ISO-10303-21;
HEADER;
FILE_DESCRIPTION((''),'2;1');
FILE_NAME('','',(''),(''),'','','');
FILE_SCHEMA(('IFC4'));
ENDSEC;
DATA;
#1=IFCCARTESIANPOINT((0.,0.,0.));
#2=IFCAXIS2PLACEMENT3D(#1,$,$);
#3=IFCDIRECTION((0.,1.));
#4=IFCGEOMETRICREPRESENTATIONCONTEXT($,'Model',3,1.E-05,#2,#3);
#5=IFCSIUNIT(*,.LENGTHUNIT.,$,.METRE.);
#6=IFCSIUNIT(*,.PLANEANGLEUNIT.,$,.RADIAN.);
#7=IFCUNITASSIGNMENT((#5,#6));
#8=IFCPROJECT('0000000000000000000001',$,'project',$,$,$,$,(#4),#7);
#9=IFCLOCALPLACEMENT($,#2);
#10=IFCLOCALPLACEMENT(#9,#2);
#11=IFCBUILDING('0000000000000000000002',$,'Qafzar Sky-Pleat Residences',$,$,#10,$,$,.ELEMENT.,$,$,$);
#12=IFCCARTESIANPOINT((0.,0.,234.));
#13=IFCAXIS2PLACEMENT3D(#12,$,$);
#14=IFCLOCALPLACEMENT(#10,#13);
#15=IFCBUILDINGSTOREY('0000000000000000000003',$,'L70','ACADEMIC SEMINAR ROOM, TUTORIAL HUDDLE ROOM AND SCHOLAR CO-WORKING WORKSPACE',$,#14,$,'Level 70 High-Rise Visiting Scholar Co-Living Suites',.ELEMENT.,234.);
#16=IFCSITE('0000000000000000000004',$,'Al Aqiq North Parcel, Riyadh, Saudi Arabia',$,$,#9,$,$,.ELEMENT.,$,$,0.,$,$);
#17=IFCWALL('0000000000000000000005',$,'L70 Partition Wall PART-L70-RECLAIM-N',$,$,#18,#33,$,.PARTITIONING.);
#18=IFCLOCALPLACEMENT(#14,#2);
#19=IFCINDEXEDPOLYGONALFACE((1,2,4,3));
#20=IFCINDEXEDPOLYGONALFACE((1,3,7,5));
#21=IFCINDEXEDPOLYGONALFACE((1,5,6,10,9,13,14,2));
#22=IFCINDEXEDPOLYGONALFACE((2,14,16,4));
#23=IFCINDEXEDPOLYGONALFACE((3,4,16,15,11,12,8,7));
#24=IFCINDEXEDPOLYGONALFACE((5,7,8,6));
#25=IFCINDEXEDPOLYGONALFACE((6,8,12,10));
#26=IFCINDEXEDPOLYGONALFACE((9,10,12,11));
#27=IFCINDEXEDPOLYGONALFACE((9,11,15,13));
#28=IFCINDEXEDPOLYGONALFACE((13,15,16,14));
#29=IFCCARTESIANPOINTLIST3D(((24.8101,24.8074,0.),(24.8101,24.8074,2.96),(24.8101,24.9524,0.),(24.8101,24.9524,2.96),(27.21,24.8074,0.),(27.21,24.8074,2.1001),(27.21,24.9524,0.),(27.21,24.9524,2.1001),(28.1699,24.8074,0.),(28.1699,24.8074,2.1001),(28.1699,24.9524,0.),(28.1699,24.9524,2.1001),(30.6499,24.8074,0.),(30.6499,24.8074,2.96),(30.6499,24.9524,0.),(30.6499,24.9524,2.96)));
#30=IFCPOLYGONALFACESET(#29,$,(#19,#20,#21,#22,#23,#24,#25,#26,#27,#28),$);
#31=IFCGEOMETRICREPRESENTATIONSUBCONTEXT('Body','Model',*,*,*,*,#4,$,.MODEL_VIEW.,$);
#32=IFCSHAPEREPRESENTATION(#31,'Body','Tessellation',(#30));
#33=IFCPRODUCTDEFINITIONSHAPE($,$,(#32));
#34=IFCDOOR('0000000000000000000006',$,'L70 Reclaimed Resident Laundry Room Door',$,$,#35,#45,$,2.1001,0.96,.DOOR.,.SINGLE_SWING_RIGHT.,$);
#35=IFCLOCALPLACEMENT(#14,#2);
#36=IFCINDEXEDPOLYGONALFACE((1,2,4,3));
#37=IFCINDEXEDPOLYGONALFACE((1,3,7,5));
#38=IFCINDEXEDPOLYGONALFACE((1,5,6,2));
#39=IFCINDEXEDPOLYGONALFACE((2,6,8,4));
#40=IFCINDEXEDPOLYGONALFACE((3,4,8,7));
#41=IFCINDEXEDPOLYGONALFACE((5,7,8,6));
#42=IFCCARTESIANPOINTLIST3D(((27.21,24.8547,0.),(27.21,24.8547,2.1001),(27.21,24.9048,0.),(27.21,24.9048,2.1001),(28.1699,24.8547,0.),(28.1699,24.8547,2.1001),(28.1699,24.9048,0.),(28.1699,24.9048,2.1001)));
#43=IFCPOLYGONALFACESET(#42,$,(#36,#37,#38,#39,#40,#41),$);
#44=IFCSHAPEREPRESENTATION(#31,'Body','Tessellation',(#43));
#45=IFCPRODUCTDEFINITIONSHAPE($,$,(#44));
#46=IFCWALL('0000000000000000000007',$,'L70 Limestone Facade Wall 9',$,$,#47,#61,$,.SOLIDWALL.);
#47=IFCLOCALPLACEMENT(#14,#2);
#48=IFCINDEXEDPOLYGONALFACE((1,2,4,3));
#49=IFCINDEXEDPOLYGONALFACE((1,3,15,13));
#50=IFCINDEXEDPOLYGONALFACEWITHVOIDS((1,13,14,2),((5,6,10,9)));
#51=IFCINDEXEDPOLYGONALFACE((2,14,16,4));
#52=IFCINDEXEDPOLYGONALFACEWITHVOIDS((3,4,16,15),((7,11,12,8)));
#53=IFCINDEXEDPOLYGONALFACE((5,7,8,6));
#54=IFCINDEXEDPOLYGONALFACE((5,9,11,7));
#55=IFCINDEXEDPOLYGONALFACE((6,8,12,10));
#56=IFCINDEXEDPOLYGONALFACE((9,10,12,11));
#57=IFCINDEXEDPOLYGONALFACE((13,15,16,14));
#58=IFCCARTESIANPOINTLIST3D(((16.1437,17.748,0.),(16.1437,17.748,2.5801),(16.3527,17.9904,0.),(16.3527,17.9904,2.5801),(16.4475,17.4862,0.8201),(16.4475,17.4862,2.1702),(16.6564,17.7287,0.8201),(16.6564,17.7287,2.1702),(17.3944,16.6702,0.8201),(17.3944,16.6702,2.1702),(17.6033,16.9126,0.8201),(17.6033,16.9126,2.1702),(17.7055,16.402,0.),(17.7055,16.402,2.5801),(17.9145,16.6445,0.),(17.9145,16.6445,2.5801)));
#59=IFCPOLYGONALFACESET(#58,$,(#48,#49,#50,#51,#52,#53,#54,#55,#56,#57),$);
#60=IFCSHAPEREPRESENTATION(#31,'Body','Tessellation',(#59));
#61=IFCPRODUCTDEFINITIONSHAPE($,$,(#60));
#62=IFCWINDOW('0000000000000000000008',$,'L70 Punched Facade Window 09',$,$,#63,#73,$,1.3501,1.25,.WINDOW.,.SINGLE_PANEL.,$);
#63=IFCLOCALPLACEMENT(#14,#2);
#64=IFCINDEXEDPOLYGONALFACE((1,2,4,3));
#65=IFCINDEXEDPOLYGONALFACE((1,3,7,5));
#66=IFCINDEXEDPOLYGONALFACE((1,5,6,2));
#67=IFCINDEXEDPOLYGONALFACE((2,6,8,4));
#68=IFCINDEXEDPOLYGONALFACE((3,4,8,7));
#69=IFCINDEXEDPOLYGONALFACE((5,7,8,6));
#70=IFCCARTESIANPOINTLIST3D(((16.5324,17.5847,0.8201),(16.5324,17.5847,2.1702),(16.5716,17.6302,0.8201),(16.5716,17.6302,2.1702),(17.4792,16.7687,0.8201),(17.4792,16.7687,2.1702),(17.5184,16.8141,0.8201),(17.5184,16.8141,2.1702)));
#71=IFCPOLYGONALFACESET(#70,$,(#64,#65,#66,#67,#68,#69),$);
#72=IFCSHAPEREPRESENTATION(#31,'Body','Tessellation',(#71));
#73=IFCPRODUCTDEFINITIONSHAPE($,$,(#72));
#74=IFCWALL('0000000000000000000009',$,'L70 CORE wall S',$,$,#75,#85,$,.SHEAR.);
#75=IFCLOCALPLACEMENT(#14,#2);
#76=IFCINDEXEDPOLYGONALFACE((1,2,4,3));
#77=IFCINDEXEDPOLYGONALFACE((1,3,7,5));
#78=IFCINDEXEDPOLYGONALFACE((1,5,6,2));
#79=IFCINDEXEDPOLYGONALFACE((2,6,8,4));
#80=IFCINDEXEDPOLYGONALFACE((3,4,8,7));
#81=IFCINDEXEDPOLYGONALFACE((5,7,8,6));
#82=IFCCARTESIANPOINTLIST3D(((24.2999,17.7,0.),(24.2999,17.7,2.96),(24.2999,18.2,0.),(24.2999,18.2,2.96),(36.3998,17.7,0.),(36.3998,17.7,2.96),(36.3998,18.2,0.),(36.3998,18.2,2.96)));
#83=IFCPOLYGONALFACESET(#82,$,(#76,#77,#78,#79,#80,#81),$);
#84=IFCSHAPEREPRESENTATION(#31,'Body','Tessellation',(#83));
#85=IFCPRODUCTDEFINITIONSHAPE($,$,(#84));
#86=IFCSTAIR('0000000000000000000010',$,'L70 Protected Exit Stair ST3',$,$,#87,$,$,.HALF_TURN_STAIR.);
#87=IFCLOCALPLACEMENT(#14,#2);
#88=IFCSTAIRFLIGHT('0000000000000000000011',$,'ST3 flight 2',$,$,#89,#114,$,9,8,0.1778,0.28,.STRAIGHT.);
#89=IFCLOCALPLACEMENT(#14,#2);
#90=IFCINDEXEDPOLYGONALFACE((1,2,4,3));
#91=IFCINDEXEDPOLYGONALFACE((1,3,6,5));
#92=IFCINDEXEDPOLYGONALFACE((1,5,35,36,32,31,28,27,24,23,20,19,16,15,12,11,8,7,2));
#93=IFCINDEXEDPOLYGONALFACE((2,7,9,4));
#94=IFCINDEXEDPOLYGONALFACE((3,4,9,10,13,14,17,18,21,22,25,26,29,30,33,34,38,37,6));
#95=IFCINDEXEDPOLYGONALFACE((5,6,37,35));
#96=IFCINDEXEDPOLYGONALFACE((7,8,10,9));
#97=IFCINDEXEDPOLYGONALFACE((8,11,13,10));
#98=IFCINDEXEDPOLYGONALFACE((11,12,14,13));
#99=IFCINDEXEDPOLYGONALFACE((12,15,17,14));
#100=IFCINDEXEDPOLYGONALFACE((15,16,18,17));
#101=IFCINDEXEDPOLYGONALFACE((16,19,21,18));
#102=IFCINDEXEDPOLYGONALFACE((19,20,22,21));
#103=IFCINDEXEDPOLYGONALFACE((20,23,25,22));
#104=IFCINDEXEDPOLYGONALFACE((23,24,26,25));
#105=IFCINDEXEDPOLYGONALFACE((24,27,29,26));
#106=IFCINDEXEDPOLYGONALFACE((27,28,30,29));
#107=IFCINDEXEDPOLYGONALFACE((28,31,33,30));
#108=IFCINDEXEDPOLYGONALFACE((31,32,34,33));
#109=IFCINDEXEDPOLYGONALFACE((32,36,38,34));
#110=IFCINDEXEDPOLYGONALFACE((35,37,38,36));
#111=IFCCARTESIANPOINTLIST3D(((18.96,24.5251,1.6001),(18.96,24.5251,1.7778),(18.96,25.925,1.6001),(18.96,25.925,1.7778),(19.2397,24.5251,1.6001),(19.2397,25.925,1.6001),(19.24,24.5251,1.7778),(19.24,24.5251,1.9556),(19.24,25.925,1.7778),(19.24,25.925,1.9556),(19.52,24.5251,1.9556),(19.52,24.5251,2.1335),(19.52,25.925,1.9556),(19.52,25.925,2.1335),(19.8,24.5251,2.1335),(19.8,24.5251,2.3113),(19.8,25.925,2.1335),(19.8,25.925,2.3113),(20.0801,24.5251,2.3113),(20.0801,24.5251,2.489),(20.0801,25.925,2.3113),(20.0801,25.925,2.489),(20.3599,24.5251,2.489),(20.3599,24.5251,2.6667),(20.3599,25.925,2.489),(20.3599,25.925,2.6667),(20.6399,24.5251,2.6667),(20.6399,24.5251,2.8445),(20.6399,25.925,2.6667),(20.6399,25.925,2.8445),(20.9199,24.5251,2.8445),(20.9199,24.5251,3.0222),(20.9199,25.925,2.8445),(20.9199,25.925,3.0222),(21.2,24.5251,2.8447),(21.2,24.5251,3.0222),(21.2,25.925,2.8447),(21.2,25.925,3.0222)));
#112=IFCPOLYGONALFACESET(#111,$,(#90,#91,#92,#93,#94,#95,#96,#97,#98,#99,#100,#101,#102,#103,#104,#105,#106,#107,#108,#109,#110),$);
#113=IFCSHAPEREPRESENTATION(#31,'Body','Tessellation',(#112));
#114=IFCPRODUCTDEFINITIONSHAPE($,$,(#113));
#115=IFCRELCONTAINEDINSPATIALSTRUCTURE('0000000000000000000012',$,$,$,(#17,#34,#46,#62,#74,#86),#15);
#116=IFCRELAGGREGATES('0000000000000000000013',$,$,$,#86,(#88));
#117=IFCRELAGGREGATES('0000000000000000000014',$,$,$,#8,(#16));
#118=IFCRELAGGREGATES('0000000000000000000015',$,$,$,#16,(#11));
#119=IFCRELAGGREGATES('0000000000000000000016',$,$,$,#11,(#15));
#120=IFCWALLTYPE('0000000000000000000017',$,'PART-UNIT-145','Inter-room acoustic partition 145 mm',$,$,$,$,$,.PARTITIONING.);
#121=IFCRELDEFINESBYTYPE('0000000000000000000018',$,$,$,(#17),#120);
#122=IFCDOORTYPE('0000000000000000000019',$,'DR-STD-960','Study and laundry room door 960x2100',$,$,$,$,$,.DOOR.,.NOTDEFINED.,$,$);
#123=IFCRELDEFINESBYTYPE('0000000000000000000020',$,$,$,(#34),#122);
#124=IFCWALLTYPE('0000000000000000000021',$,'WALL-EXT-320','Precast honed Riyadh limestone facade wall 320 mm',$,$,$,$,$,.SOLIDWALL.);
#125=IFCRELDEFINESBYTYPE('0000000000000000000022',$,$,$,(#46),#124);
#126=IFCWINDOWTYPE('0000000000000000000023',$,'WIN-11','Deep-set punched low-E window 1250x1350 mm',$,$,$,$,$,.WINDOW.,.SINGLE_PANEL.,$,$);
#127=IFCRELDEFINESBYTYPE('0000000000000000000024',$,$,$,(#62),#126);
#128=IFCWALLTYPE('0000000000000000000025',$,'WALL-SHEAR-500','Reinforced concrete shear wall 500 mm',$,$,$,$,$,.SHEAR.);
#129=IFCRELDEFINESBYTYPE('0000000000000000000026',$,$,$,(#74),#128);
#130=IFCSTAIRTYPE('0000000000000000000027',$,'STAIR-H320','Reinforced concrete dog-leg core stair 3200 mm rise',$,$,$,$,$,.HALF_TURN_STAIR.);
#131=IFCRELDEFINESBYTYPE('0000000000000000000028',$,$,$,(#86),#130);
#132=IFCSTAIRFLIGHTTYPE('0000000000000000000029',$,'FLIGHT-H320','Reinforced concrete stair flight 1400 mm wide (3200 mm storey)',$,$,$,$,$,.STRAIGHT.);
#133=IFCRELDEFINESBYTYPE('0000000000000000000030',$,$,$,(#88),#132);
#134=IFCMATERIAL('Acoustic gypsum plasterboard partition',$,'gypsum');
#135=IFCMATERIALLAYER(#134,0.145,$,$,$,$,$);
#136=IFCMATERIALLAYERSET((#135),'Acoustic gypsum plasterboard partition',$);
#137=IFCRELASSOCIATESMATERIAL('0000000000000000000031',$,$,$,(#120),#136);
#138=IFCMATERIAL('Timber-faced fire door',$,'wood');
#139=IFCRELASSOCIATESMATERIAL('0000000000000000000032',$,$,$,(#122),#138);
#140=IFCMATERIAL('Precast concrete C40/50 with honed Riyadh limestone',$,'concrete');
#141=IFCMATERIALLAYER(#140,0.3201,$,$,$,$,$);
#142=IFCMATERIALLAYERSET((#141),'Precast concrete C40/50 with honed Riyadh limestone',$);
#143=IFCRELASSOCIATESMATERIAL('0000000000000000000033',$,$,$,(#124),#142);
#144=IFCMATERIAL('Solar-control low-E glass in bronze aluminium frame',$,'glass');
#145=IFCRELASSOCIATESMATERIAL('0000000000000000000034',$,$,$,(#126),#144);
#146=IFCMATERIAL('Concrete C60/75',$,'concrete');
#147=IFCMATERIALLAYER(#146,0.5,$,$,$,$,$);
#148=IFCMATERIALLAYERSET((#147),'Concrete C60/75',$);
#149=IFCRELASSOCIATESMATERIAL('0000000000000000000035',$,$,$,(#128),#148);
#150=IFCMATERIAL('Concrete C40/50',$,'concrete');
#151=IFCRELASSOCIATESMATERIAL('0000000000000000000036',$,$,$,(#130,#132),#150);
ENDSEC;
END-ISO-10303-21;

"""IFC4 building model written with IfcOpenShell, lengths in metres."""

from ifc_helpers import new_model, si_unit, direction, frame, frame_2d, origin, place, context, subcontext, project, spatial, polyline, rectangle, outline, extrude, source, transform, mapped, material, layer, layer_set, type_object, element, fill, aggregate, save


model = new_model("IFC4")

# Units and contexts
model_context = context("Model", 3, precision=1e-05, world=origin(), true_north=direction((0.0, 1.0)))
body_context = subcontext(model_context, "Body", "Model", "MODEL_VIEW")
ifc_project = project(units=[si_unit("LENGTHUNIT", "METRE"), si_unit("PLANEANGLEUNIT", "RADIAN")], contexts=[model_context])

# Site, building, storey
site_placement = place(None, origin())
site = spatial("IfcSite", under=ifc_project, at=site_placement, Name="Al Aqiq North Parcel, Riyadh, Saudi Arabia", CompositionType="ELEMENT", RefElevation=0.0)
building_placement = place(site_placement, origin())
building = spatial("IfcBuilding", under=site, at=building_placement, Name="Qafzar Sky-Pleat Residences", CompositionType="ELEMENT")
storey_placement = place(building_placement, frame((0.0, 0.0, 234.0)))
storey = spatial("IfcBuildingStorey", under=building, at=storey_placement, Name="L70", Description="ACADEMIC SEMINAR ROOM, TUTORIAL HUDDLE ROOM AND SCHOLAR CO-WORKING WORKSPACE", LongName="Level 70 High-Rise Visiting Scholar Co-Living Suites", CompositionType="ELEMENT", Elevation=234.0)

# Shared definitions
ifc_material_1 = material(Name="Acoustic gypsum plasterboard partition", Category="gypsum")
ifc_material_2 = material(Name="Timber-faced fire door", Category="wood")

# Wall, opening, door
ifc_layer_1 = layer(ifc_material_1, 0.145)
ifc_layer_set_1 = layer_set([ifc_layer_1], Name="Acoustic gypsum plasterboard partition")
wall_type_1 = type_object("IfcWallType", Name="PART-UNIT-145", Description="Inter-room acoustic partition 145 mm", PredefinedType="PARTITIONING", material=ifc_layer_set_1)
wall_1_placement = place(storey_placement, frame((24.8101, 24.8799, 0.0), z_axis=(0.0, 0.0, 1.0), x_axis=(1.0, 0.0, 0.0)))
wall_1 = element("IfcWall", 1, at=wall_1_placement, inside=storey, type_object=wall_type_1, Name="L70 Partition Wall PART-L70-RECLAIM-N", PredefinedType="PARTITIONING", context=body_context, shape_type="SweptSolid", body=[
    extrude(rectangle(XDim=5.8398, YDim=0.145, at=frame_2d((2.9199, 0.0))), origin(), (0.0, 0.0, 1.0), 2.96),
])
opening_1_placement = place(wall_1_placement, frame((2.3999, 0.0, 0.0)))
opening_1 = element("IfcOpeningElement", 2, at=opening_1_placement, cuts=wall_1, PredefinedType="OPENING", context=body_context, shape_type="SweptSolid", body=[
    extrude(rectangle(XDim=0.96, YDim=2.1001, at=frame_2d((0.48, 1.05))), frame((0.0, 0.0825, 0.0), z_axis=(0.0, -1.0, 0.0), x_axis=(1.0, 0.0, 0.0)), (0.0, 0.0, 1.0), 0.165),
])
door_type_1 = type_object("IfcDoorType", Name="DR-STD-960", Description="Study and laundry room door 960x2100", OperationType="NOTDEFINED", PredefinedType="DOOR", material=ifc_material_2)
shared_shape_1 = source(origin(), body_context, "Body", "SweptSolid", [
    extrude(rectangle(XDim=0.96, YDim=2.1001, at=frame_2d((0.48, 1.05))), frame((0.0, 0.0249, 0.0), z_axis=(0.0, -1.0, 0.0), x_axis=(1.0, 0.0, 0.0)), (0.0, 0.0, 1.0), 0.05),
])
door_1_placement = place(opening_1_placement, origin())
door_1 = element("IfcDoor", 3, at=door_1_placement, inside=storey, type_object=door_type_1, Name="L70 Reclaimed Resident Laundry Room Door", OperationType="SINGLE_SWING_RIGHT", OverallHeight=2.1001, OverallWidth=0.96, PredefinedType="DOOR", context=body_context, shape_type="MappedRepresentation", body=[
    mapped(shared_shape_1, transform((0.0, 0.0, 0.0), x_axis=(1.0, 0.0, 0.0), y_axis=(0.0, 1.0, 0.0), z_axis=(0.0, 0.0, 1.0), scale=1.0)),
])
fill(opening_1, door_1)

# Wall, opening, window
ifc_material_3 = material(Name="Precast concrete C40/50 with honed Riyadh limestone", Category="concrete")
ifc_layer_2 = layer(ifc_material_3, 0.3201)
ifc_layer_set_2 = layer_set([ifc_layer_2], Name="Precast concrete C40/50 with honed Riyadh limestone")
wall_type_2 = type_object("IfcWallType", Name="WALL-EXT-320", Description="Precast honed Riyadh limestone facade wall 320 mm", PredefinedType="SOLIDWALL", material=ifc_layer_set_2)
wall_2_placement = place(storey_placement, frame((16.2483, 17.8691, 0.0), z_axis=(0.0, 0.0, 1.0), x_axis=(0.757507, -0.652827, 0.0)))
wall_2 = element("IfcWall", 4, at=wall_2_placement, inside=storey, type_object=wall_type_2, Name="L70 Limestone Facade Wall 9", PredefinedType="SOLIDWALL", context=body_context, shape_type="SweptSolid", body=[
    extrude(rectangle(XDim=2.0618, YDim=0.3201, at=frame_2d((1.0308, 0.0))), origin(), (0.0, 0.0, 1.0), 2.5801),
])
opening_2_placement = place(wall_2_placement, frame((0.4009, 0.0, 0.8201)))
opening_2 = element("IfcOpeningElement", 5, at=opening_2_placement, cuts=wall_2, PredefinedType="OPENING", context=body_context, shape_type="SweptSolid", body=[
    extrude(rectangle(XDim=1.25, YDim=1.3501, at=frame_2d((0.625, 0.675))), frame((0.0, 0.1699, 0.0), z_axis=(0.0, -1.0, 0.0), x_axis=(1.0, 0.0, 0.0)), (0.0, 0.0, 1.0), 0.3401),
])
ifc_material_4 = material(Name="Solar-control low-E glass in bronze aluminium frame", Category="glass")
window_type = type_object("IfcWindowType", Name="WIN-11", Description="Deep-set punched low-E window 1250x1350 mm", PartitioningType="SINGLE_PANEL", PredefinedType="WINDOW", material=ifc_material_4)
shared_shape_2 = source(origin(), body_context, "Body", "SweptSolid", [
    extrude(rectangle(XDim=1.25, YDim=1.3501, at=frame_2d((0.625, 0.675))), frame((0.0, 0.03, 0.0), z_axis=(0.0, -1.0, 0.0), x_axis=(1.0, 0.0, 0.0)), (0.0, 0.0, 1.0), 0.0601),
])
window_placement = place(opening_2_placement, origin())
window = element("IfcWindow", 6, at=window_placement, inside=storey, type_object=window_type, Name="L70 Punched Facade Window 09", OverallHeight=1.3501, OverallWidth=1.25, PartitioningType="SINGLE_PANEL", PredefinedType="WINDOW", context=body_context, shape_type="MappedRepresentation", body=[
    mapped(shared_shape_2, transform((0.0, 0.0, 0.0), x_axis=(1.0, 0.0, 0.0), y_axis=(0.0, 1.0, 0.0), z_axis=(0.0, 0.0, 1.0), scale=1.0)),
])
fill(opening_2, window)

# Shared definitions
ifc_material_5 = material(Name="Concrete C60/75", Category="concrete")

# Wall
ifc_layer_3 = layer(ifc_material_5, 0.5)
ifc_layer_set_3 = layer_set([ifc_layer_3], Name="Concrete C60/75")
wall_type_3 = type_object("IfcWallType", Name="WALL-SHEAR-500", Description="Reinforced concrete shear wall 500 mm", PredefinedType="SHEAR", material=ifc_layer_set_3)
wall_3_placement = place(storey_placement, frame((24.3, 17.95, 0.0), z_axis=(0.0, 0.0, 1.0), x_axis=(1.0, 0.0, 0.0)))
element("IfcWall", 7, at=wall_3_placement, inside=storey, type_object=wall_type_3, Name="L70 CORE wall S", PredefinedType="SHEAR", context=body_context, shape_type="SweptSolid", body=[
    extrude(rectangle(XDim=12.0999, YDim=0.5, at=frame_2d((6.0498, 0.0))), origin(), (0.0, 0.0, 1.0), 2.96),
])

# Stair, stair flight
ifc_material_6 = material(Name="Concrete C40/50", Category="concrete")
stair_type = type_object("IfcStairType", Name="STAIR-H320", Description="Reinforced concrete dog-leg core stair 3200 mm rise", PredefinedType="HALF_TURN_STAIR", material=ifc_material_6)
stair_placement = place(storey_placement, origin())
stair = element("IfcStair", 8, at=stair_placement, inside=storey, type_object=stair_type, Name="L70 Protected Exit Stair ST3", PredefinedType="HALF_TURN_STAIR")
stair_flight_type = type_object("IfcStairFlightType", Name="FLIGHT-H320", Description="Reinforced concrete stair flight 1400 mm wide (3200 mm storey)", PredefinedType="STRAIGHT", material=ifc_material_6)
shared_shape_3 = source(origin(), body_context, "Body", "SweptSolid", [
    extrude(outline(polyline([(0.0, 0.0), (0.0, 0.1777), (0.28, 0.1777), (0.28, 0.3555), (0.5601, 0.3555), (0.5601, 0.5334), (0.8401, 0.5334), (0.8401, 0.7112), (1.1201, 0.7112), (1.1201, 0.8889), (1.3999, 0.8889), (1.3999, 1.0667), (1.6799, 1.0667), (1.6799, 1.2444), (1.96, 1.2444), (1.96, 1.4221), (2.24, 1.4221), (2.24, 1.6001), (2.24, 1.2446), (0.2798, 0.0), (0.0, 0.0)])), frame((0.0, 0.7, 0.0), z_axis=(0.0, -1.0, 0.0), x_axis=(1.0, 0.0, 0.0)), (0.0, 0.0, 1.0), 1.3999),
])
stair_flight_placement = place(storey_placement, frame((18.96, 25.2251, 1.6001), z_axis=(0.0, 0.0, 1.0), x_axis=(1.0, 0.0, 0.0)))
stair_flight = element("IfcStairFlight", 9, at=stair_flight_placement, type_object=stair_flight_type, Name="ST3 flight 2", NumberOfRisers=9, NumberOfTreads=8, PredefinedType="STRAIGHT", RiserHeight=0.1778, TreadLength=0.28, context=body_context, shape_type="MappedRepresentation", body=[
    mapped(shared_shape_3, transform((0.0, 0.0, 0.0), x_axis=(1.0, 0.0, 0.0), y_axis=(0.0, 1.0, 0.0), z_axis=(0.0, 0.0, 1.0), scale=1.0)),
])
aggregate(stair, [stair_flight])

save(model, "model.ifc")
